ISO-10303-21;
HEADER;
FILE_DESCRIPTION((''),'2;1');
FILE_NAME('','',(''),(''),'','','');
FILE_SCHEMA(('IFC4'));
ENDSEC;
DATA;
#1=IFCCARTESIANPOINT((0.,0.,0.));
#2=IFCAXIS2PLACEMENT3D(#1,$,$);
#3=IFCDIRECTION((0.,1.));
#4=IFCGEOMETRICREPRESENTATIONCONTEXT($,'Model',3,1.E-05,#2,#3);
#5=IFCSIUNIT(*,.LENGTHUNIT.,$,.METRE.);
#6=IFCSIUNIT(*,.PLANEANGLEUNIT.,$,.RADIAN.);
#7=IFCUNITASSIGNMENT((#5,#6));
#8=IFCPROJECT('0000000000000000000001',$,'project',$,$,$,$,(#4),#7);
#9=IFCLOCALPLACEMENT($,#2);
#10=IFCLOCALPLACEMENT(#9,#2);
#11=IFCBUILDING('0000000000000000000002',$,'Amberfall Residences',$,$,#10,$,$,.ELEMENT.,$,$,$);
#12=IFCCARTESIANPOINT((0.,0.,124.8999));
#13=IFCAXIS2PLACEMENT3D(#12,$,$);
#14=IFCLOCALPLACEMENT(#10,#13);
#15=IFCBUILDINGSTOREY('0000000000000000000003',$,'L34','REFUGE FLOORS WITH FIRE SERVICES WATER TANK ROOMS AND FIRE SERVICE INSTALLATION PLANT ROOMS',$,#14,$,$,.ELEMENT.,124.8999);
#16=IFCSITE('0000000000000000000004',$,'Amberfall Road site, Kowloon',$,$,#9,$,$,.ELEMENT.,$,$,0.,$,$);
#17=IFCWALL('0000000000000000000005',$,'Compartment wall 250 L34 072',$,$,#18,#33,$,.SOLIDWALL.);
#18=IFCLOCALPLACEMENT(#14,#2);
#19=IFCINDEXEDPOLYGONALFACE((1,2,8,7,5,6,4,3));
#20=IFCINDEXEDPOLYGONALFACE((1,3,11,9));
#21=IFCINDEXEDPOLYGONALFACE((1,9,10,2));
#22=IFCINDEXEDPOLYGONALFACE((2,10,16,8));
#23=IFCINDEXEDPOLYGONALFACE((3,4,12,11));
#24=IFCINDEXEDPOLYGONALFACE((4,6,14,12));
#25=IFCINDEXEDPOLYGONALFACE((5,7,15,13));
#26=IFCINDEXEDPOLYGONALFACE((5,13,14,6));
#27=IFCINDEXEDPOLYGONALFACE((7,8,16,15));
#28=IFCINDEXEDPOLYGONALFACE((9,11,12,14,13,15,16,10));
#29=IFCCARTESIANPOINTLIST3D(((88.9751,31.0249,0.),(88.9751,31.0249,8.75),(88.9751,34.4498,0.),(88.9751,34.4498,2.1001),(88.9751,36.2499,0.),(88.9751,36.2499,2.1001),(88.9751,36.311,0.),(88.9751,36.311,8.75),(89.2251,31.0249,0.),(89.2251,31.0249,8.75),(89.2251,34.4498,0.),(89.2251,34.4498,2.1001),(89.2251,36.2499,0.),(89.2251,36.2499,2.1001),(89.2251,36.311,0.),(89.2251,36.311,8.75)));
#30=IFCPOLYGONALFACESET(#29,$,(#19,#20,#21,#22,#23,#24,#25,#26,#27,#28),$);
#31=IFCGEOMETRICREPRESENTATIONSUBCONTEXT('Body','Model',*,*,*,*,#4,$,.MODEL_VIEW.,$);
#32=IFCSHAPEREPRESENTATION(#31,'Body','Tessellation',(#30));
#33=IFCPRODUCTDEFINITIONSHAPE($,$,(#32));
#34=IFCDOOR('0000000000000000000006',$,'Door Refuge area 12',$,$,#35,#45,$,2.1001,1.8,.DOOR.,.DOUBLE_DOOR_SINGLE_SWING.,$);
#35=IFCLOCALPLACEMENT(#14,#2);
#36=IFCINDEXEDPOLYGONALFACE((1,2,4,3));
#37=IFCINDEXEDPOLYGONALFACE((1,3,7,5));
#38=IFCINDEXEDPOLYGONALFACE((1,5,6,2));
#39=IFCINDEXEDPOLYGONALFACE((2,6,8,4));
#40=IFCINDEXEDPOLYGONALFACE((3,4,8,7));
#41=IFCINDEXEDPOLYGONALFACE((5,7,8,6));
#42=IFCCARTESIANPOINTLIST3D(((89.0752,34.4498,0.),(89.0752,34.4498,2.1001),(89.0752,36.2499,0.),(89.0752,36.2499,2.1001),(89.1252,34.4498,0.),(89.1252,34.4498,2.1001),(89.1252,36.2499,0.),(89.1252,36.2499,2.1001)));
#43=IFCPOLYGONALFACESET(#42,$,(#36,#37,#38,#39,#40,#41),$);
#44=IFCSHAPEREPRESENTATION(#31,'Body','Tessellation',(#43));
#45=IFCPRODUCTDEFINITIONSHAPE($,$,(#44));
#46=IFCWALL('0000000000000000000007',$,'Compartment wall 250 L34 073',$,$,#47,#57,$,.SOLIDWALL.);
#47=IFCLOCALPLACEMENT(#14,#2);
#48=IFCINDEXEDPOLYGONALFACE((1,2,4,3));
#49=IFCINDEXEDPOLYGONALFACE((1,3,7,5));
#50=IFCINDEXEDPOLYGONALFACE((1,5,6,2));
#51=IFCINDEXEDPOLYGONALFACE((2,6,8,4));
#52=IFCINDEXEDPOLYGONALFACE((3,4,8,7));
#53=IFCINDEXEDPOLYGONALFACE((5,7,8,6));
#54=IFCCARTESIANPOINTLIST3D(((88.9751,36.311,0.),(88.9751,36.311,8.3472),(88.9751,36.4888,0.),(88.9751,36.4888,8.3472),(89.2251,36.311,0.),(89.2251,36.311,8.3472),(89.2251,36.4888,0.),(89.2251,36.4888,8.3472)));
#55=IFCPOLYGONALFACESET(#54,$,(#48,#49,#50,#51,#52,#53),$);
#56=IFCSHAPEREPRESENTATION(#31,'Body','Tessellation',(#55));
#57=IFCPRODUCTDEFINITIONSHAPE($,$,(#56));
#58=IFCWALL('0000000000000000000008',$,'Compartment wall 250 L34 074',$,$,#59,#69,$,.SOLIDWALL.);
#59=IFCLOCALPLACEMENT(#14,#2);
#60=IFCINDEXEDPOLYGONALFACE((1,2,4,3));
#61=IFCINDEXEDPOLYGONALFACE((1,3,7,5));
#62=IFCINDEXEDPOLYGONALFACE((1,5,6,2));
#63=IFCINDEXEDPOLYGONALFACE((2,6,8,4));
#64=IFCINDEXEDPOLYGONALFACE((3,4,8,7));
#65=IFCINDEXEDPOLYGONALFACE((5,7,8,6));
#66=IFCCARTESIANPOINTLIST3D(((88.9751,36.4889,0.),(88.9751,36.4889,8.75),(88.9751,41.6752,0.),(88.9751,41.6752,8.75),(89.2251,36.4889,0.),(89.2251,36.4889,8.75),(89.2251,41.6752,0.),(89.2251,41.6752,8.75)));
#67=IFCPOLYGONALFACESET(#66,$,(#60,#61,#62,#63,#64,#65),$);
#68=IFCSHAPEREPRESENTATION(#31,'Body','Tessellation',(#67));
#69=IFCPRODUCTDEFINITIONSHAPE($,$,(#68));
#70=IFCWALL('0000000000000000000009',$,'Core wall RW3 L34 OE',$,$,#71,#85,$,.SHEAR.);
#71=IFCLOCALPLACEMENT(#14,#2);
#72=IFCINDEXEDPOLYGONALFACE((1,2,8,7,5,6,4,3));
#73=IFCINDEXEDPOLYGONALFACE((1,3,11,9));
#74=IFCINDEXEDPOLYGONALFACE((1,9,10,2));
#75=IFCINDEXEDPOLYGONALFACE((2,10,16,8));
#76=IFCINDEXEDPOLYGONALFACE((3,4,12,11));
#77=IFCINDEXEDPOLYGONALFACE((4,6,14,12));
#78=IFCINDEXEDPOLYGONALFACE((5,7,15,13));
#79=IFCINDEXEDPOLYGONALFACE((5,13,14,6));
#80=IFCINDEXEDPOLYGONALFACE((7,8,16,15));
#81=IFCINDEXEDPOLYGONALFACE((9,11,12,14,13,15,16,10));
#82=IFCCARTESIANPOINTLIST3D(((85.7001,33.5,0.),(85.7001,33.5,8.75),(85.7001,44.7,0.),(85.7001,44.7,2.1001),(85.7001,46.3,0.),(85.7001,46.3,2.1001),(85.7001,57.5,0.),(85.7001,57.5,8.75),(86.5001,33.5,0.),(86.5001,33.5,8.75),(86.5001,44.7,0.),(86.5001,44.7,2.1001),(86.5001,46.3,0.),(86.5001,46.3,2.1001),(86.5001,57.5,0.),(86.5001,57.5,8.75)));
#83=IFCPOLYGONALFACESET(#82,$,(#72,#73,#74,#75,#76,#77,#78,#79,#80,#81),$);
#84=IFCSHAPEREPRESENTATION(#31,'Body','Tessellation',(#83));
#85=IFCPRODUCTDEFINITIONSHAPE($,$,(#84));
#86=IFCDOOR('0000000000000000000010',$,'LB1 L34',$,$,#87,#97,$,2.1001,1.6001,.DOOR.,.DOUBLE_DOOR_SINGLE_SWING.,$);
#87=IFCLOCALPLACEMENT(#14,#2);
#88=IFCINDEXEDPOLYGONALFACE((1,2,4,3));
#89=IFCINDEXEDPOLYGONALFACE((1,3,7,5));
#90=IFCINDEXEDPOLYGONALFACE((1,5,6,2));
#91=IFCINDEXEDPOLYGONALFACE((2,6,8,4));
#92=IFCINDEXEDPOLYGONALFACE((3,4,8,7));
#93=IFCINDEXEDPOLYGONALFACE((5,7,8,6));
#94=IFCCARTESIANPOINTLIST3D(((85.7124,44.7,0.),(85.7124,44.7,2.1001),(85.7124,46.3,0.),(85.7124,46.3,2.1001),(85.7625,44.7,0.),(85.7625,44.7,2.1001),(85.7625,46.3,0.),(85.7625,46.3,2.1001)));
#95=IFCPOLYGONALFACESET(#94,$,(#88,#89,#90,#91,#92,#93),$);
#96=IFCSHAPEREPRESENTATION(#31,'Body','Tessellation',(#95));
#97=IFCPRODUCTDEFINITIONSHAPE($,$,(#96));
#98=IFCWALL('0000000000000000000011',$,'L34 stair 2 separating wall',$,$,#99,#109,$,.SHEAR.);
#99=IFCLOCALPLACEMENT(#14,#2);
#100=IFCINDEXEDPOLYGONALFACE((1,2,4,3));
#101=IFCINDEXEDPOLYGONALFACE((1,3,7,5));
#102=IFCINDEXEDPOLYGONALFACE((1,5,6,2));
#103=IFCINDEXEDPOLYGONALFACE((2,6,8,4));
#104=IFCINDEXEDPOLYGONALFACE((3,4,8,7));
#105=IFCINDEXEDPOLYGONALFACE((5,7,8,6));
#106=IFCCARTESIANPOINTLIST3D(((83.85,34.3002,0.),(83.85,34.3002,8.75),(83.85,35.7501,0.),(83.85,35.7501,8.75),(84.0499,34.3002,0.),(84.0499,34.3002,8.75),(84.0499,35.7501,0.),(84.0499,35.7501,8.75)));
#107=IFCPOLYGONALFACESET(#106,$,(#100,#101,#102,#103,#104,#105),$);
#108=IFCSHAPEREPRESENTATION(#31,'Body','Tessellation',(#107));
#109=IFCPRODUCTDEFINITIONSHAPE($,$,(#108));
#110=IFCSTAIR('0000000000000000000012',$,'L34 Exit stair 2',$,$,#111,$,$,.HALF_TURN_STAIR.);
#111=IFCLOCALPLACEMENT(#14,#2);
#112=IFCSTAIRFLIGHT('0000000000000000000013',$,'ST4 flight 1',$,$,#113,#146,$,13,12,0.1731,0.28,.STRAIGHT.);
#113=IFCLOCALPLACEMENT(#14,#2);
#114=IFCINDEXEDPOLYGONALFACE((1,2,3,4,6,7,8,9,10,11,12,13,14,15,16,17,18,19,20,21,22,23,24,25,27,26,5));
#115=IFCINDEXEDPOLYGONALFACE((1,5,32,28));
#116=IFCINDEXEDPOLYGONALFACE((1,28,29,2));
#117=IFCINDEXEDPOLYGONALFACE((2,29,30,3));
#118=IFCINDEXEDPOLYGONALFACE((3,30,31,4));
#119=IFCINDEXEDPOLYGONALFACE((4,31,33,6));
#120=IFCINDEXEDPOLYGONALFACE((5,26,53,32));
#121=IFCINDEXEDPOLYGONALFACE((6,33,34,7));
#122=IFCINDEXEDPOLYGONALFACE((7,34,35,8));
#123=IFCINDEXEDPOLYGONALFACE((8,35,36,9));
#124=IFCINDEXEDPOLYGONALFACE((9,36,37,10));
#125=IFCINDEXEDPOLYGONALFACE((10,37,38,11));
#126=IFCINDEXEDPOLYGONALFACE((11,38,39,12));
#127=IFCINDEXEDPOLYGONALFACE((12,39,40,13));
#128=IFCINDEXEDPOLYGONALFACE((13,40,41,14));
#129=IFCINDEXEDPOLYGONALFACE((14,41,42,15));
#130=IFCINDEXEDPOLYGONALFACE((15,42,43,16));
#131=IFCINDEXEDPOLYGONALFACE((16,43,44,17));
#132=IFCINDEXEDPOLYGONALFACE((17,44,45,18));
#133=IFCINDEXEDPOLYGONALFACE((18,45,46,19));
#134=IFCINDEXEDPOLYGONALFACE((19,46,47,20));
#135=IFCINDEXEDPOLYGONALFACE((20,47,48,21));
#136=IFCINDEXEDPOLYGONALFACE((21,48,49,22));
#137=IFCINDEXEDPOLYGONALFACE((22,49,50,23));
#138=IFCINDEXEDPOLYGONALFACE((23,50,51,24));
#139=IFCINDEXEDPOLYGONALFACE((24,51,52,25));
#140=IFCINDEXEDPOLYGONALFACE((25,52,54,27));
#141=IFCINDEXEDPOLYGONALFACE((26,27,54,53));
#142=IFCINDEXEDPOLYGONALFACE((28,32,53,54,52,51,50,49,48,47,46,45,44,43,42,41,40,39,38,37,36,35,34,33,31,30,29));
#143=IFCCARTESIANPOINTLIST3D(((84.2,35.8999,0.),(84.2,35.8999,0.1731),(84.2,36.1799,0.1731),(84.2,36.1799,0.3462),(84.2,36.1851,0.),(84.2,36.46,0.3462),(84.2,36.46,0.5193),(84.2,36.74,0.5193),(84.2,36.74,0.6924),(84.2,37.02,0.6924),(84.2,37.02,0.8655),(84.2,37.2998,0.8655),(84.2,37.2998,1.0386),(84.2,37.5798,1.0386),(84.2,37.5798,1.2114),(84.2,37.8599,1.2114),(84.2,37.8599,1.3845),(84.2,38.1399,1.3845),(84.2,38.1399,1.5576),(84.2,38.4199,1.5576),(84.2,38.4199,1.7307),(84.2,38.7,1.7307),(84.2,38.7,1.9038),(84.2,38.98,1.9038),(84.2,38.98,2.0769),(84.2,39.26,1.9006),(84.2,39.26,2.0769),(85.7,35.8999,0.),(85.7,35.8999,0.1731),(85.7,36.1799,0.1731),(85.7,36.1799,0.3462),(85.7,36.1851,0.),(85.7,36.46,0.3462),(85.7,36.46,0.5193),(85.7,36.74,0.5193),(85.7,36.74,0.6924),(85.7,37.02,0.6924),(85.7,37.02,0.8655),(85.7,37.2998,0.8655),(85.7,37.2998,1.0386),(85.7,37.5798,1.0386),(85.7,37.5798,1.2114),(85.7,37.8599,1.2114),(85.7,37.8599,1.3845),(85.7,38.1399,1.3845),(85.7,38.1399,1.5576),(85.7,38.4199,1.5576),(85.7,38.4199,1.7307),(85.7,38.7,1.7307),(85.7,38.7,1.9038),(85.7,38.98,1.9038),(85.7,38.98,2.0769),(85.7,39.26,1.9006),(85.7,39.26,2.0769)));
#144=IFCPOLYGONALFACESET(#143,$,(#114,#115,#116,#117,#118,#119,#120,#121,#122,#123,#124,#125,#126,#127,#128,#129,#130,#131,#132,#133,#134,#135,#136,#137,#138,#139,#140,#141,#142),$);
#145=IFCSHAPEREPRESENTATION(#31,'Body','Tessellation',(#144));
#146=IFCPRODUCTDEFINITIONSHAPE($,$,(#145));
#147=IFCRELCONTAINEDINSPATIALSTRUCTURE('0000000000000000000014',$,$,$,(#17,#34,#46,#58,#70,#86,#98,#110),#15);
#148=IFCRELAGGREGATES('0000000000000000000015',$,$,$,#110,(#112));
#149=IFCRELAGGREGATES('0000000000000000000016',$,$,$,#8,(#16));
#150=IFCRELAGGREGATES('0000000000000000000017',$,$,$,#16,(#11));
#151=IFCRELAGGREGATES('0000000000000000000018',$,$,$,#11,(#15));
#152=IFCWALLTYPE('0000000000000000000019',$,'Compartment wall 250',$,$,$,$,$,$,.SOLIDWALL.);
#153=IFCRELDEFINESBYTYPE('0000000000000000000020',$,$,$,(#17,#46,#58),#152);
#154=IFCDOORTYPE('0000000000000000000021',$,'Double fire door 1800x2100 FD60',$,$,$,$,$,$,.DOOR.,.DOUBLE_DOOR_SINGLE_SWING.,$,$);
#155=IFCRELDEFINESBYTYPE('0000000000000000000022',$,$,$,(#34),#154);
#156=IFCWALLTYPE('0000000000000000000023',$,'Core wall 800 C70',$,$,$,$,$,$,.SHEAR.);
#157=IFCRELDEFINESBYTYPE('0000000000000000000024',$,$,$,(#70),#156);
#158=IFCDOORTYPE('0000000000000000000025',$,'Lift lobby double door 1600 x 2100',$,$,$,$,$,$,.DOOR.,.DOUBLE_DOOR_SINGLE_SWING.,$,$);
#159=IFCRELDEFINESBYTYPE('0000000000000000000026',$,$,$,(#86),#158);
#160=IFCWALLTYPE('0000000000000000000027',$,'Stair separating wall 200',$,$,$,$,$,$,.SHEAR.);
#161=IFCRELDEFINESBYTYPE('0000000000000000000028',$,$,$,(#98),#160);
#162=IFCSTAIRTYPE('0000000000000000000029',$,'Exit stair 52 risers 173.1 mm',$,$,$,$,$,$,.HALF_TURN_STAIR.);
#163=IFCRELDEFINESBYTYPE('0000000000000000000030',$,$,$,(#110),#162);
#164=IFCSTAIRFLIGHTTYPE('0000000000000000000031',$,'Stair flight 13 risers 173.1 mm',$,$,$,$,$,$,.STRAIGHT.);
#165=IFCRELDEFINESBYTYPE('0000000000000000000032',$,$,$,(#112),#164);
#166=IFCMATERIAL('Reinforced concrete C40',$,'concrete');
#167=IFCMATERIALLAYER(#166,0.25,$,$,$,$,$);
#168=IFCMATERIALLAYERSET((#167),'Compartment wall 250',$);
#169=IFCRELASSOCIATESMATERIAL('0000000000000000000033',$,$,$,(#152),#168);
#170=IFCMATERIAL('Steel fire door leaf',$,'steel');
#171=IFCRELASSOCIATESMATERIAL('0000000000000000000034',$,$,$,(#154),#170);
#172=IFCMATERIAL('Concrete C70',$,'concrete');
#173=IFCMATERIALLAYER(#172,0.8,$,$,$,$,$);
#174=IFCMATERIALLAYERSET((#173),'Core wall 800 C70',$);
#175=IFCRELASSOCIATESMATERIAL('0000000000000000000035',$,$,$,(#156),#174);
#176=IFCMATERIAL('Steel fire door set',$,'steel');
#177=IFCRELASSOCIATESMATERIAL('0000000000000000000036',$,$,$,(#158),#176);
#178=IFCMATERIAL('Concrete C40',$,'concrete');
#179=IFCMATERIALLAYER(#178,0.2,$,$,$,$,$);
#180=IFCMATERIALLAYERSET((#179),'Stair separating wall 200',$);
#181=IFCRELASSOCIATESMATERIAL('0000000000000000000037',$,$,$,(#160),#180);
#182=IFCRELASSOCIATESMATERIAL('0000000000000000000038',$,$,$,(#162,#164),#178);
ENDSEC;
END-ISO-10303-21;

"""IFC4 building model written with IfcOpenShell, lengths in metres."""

from ifc_helpers import new_model, si_unit, direction, frame, frame_2d, origin, place, context, subcontext, project, spatial, polyline, rectangle, outline, extrude, material, layer, layer_set, type_object, element, fill, aggregate, save


model = new_model("IFC4")

# Units and contexts
model_context = context("Model", 3, precision=1e-05, world=origin(), true_north=direction((0.0, 1.0)))
body_context = subcontext(model_context, "Body", "Model", "MODEL_VIEW")
ifc_project = project(units=[si_unit("LENGTHUNIT", "METRE"), si_unit("PLANEANGLEUNIT", "RADIAN")], contexts=[model_context])

# Site, building, storey
site_placement = place(None, origin())
site = spatial("IfcSite", under=ifc_project, at=site_placement, Name="Amberfall Road site, Kowloon", CompositionType="ELEMENT", RefElevation=0.0)
building_placement = place(site_placement, origin())
building = spatial("IfcBuilding", under=site, at=building_placement, Name="Amberfall Residences", CompositionType="ELEMENT")
storey_placement = place(building_placement, frame((0.0, 0.0, 124.8999)))
storey = spatial("IfcBuildingStorey", under=building, at=storey_placement, Name="L34", Description="REFUGE FLOORS WITH FIRE SERVICES WATER TANK ROOMS AND FIRE SERVICE INSTALLATION PLANT ROOMS", CompositionType="ELEMENT", Elevation=124.8999)

# Shared definitions
ifc_material_1 = material(Name="Concrete C70", Category="concrete")

# Shared definitions
ifc_material_2 = material(Name="Reinforced concrete C40", Category="concrete")
ifc_layer_1 = layer(ifc_material_2, 0.25)
ifc_layer_set_1 = layer_set([ifc_layer_1], Name="Compartment wall 250")
wall_type_1 = type_object("IfcWallType", Name="Compartment wall 250", PredefinedType="SOLIDWALL", material=ifc_layer_set_1)

# Shared definitions
ifc_material_3 = material(Name="Steel fire door leaf", Category="steel")
door_type_1 = type_object("IfcDoorType", Name="Double fire door 1800x2100 FD60", OperationType="DOUBLE_DOOR_SINGLE_SWING", PredefinedType="DOOR", material=ifc_material_3)

# Wall, opening, door
wall_1_placement = place(storey_placement, frame((89.1001, 31.0249, 0.0), z_axis=(0.0, 0.0, 1.0), x_axis=(0.0, 1.0, 0.0)))
wall_1 = element("IfcWall", 1, at=wall_1_placement, inside=storey, type_object=wall_type_1, Name="Compartment wall 250 L34 072", PredefinedType="SOLIDWALL", context=body_context, shape_type="SweptSolid", body=[
    extrude(rectangle(XDim=5.2861, YDim=0.25, at=frame_2d((2.6431, 0.0))), origin(), (0.0, 0.0, 1.0), 8.75),
])
opening_1_placement = place(wall_1_placement, frame((3.425, 0.0, 0.0)))
opening_1 = element("IfcOpeningElement", 2, at=opening_1_placement, cuts=wall_1, PredefinedType="OPENING", context=body_context, shape_type="SweptSolid", body=[
    extrude(rectangle(XDim=1.8, YDim=2.1001, at=frame_2d((0.8999, 1.05))), frame((0.0, 0.135, 0.0), z_axis=(0.0, -1.0, 0.0), x_axis=(1.0, 0.0, 0.0)), (0.0, 0.0, 1.0), 0.27),
])
door_1_placement = place(opening_1_placement, origin())
door_1 = element("IfcDoor", 3, at=door_1_placement, inside=storey, type_object=door_type_1, Name="Door Refuge area 12", OperationType="DOUBLE_DOOR_SINGLE_SWING", OverallHeight=2.1001, OverallWidth=1.8, PredefinedType="DOOR", context=body_context, shape_type="SweptSolid", body=[
    extrude(rectangle(XDim=1.8, YDim=2.1001, at=frame_2d((0.8999, 1.05))), frame((0.0, 0.0249, 0.0), z_axis=(0.0, -1.0, 0.0), x_axis=(1.0, 0.0, 0.0)), (0.0, 0.0, 1.0), 0.05),
])
fill(opening_1, door_1)

# Walls
wall_2_placement = place(storey_placement, frame((89.1001, 36.311, 0.0), z_axis=(0.0, 0.0, 1.0), x_axis=(0.0, 1.0, 0.0)))
element("IfcWall", 4, at=wall_2_placement, inside=storey, type_object=wall_type_1, Name="Compartment wall 250 L34 073", PredefinedType="SOLIDWALL", context=body_context, shape_type="SweptSolid", body=[
    extrude(rectangle(XDim=0.1777, YDim=0.25, at=frame_2d((0.0889, 0.0))), origin(), (0.0, 0.0, 1.0), 8.3472),
])
wall_3_placement = place(storey_placement, frame((89.1001, 36.4888, 0.0), z_axis=(0.0, 0.0, 1.0), x_axis=(0.0, 1.0, 0.0)))
element("IfcWall", 5, at=wall_3_placement, inside=storey, type_object=wall_type_1, Name="Compartment wall 250 L34 074", PredefinedType="SOLIDWALL", context=body_context, shape_type="SweptSolid", body=[
    extrude(rectangle(XDim=5.1863, YDim=0.25, at=frame_2d((2.5933, 0.0))), origin(), (0.0, 0.0, 1.0), 8.75),
])

# Wall, opening, door
ifc_layer_2 = layer(ifc_material_1, 0.8)
ifc_layer_set_2 = layer_set([ifc_layer_2], Name="Core wall 800 C70")
wall_type_2 = type_object("IfcWallType", Name="Core wall 800 C70", PredefinedType="SHEAR", material=ifc_layer_set_2)
wall_4_placement = place(storey_placement, frame((86.1001, 33.5, 0.0), z_axis=(0.0, 0.0, 1.0), x_axis=(0.0, 1.0, 0.0)))
wall_4 = element("IfcWall", 6, at=wall_4_placement, inside=storey, type_object=wall_type_2, Name="Core wall RW3 L34 OE", PredefinedType="SHEAR", context=body_context, shape_type="SweptSolid", body=[
    extrude(rectangle(XDim=24.0, YDim=0.8, at=frame_2d((12.0, 0.0))), origin(), (0.0, 0.0, 1.0), 8.75),
])
opening_2_placement = place(wall_4_placement, frame((11.2, 0.0, 0.0)))
opening_2 = element("IfcOpeningElement", 7, at=opening_2_placement, cuts=wall_4, PredefinedType="OPENING", context=body_context, shape_type="SweptSolid", body=[
    extrude(rectangle(XDim=1.6001, YDim=2.1001, at=frame_2d((0.8, 1.05))), frame((0.0, 0.4099, 0.0), z_axis=(0.0, -1.0, 0.0), x_axis=(1.0, 0.0, 0.0)), (0.0, 0.0, 1.0), 0.8201),
])
ifc_material_4 = material(Name="Steel fire door set", Category="steel")
door_type_2 = type_object("IfcDoorType", Name="Lift lobby double door 1600 x 2100", OperationType="DOUBLE_DOOR_SINGLE_SWING", PredefinedType="DOOR", material=ifc_material_4)
door_2_placement = place(opening_2_placement, origin())
door_2 = element("IfcDoor", 8, at=door_2_placement, inside=storey, type_object=door_type_2, Name="LB1 L34", OperationType="DOUBLE_DOOR_SINGLE_SWING", OverallHeight=2.1001, OverallWidth=1.6001, PredefinedType="DOOR", context=body_context, shape_type="SweptSolid", body=[
    extrude(rectangle(XDim=1.6001, YDim=2.1001, at=frame_2d((0.8, 1.05))), frame((0.0, 0.3877, 0.0), z_axis=(0.0, -1.0, 0.0), x_axis=(1.0, 0.0, 0.0)), (0.0, 0.0, 1.0), 0.05),
])
fill(opening_2, door_2)

# Wall
ifc_material_5 = material(Name="Concrete C40", Category="concrete")
ifc_layer_3 = layer(ifc_material_5, 0.2)
ifc_layer_set_3 = layer_set([ifc_layer_3], Name="Stair separating wall 200")
wall_type_3 = type_object("IfcWallType", Name="Stair separating wall 200", PredefinedType="SHEAR", material=ifc_layer_set_3)
wall_5_placement = place(storey_placement, frame((83.95, 34.3, 0.0), z_axis=(0.0, 0.0, 1.0), x_axis=(0.0, 1.0, 0.0)))
element("IfcWall", 9, at=wall_5_placement, inside=storey, type_object=wall_type_3, Name="L34 stair 2 separating wall", PredefinedType="SHEAR", context=body_context, shape_type="SweptSolid", body=[
    extrude(rectangle(XDim=1.45, YDim=0.2, at=frame_2d((0.7251, 0.0))), origin(), (0.0, 0.0, 1.0), 8.75),
])

# Stair, stair flight
stair_type = type_object("IfcStairType", Name="Exit stair 52 risers 173.1 mm", PredefinedType="HALF_TURN_STAIR", material=ifc_material_5)
stair_placement = place(storey_placement, origin())
stair = element("IfcStair", 10, at=stair_placement, inside=storey, type_object=stair_type, Name="L34 Exit stair 2", PredefinedType="HALF_TURN_STAIR")
stair_flight_type = type_object("IfcStairFlightType", Name="Stair flight 13 risers 173.1 mm", PredefinedType="STRAIGHT", material=ifc_material_5)
stair_flight_1_placement = place(storey_placement, frame((84.95, 35.8999, 0.0), z_axis=(0.0, 0.0, 1.0), x_axis=(0.0, 1.0, 0.0)))
stair_flight_1 = element("IfcStairFlight", 11, at=stair_flight_1_placement, type_object=stair_flight_type, Name="ST4 flight 1", NumberOfRisers=13, NumberOfTreads=12, PredefinedType="STRAIGHT", RiserHeight=0.1731, TreadLength=0.28, context=body_context, shape_type="SweptSolid", body=[
    extrude(outline(polyline([(0.0, 0.0), (0.0, 0.1731), (0.28, 0.1731), (0.28, 0.3462), (0.5601, 0.3462), (0.5601, 0.5193), (0.8401, 0.5193), (0.8401, 0.6924), (1.1201, 0.6924), (1.1201, 0.8655), (1.3999, 0.8655), (1.3999, 1.0386), (1.6799, 1.0386), (1.6799, 1.2114), (1.96, 1.2114), (1.96, 1.3845), (2.24, 1.3845), (2.24, 1.5576), (2.52, 1.5576), (2.52, 1.7307), (2.8, 1.7307), (2.8, 1.9038), (3.0801, 1.9038), (3.0801, 2.0769), (3.3601, 2.0769), (3.3601, 2.25), (3.3601, 1.9006), (0.2852, 0.0), (0.0, 0.0)])), frame((0.0, 0.75, 0.0), z_axis=(0.0, -1.0, 0.0), x_axis=(1.0, 0.0, 0.0)), (0.0, 0.0, 1.0), 1.5),
])
aggregate(stair, [stair_flight_1])

save(model, "model.ifc")
